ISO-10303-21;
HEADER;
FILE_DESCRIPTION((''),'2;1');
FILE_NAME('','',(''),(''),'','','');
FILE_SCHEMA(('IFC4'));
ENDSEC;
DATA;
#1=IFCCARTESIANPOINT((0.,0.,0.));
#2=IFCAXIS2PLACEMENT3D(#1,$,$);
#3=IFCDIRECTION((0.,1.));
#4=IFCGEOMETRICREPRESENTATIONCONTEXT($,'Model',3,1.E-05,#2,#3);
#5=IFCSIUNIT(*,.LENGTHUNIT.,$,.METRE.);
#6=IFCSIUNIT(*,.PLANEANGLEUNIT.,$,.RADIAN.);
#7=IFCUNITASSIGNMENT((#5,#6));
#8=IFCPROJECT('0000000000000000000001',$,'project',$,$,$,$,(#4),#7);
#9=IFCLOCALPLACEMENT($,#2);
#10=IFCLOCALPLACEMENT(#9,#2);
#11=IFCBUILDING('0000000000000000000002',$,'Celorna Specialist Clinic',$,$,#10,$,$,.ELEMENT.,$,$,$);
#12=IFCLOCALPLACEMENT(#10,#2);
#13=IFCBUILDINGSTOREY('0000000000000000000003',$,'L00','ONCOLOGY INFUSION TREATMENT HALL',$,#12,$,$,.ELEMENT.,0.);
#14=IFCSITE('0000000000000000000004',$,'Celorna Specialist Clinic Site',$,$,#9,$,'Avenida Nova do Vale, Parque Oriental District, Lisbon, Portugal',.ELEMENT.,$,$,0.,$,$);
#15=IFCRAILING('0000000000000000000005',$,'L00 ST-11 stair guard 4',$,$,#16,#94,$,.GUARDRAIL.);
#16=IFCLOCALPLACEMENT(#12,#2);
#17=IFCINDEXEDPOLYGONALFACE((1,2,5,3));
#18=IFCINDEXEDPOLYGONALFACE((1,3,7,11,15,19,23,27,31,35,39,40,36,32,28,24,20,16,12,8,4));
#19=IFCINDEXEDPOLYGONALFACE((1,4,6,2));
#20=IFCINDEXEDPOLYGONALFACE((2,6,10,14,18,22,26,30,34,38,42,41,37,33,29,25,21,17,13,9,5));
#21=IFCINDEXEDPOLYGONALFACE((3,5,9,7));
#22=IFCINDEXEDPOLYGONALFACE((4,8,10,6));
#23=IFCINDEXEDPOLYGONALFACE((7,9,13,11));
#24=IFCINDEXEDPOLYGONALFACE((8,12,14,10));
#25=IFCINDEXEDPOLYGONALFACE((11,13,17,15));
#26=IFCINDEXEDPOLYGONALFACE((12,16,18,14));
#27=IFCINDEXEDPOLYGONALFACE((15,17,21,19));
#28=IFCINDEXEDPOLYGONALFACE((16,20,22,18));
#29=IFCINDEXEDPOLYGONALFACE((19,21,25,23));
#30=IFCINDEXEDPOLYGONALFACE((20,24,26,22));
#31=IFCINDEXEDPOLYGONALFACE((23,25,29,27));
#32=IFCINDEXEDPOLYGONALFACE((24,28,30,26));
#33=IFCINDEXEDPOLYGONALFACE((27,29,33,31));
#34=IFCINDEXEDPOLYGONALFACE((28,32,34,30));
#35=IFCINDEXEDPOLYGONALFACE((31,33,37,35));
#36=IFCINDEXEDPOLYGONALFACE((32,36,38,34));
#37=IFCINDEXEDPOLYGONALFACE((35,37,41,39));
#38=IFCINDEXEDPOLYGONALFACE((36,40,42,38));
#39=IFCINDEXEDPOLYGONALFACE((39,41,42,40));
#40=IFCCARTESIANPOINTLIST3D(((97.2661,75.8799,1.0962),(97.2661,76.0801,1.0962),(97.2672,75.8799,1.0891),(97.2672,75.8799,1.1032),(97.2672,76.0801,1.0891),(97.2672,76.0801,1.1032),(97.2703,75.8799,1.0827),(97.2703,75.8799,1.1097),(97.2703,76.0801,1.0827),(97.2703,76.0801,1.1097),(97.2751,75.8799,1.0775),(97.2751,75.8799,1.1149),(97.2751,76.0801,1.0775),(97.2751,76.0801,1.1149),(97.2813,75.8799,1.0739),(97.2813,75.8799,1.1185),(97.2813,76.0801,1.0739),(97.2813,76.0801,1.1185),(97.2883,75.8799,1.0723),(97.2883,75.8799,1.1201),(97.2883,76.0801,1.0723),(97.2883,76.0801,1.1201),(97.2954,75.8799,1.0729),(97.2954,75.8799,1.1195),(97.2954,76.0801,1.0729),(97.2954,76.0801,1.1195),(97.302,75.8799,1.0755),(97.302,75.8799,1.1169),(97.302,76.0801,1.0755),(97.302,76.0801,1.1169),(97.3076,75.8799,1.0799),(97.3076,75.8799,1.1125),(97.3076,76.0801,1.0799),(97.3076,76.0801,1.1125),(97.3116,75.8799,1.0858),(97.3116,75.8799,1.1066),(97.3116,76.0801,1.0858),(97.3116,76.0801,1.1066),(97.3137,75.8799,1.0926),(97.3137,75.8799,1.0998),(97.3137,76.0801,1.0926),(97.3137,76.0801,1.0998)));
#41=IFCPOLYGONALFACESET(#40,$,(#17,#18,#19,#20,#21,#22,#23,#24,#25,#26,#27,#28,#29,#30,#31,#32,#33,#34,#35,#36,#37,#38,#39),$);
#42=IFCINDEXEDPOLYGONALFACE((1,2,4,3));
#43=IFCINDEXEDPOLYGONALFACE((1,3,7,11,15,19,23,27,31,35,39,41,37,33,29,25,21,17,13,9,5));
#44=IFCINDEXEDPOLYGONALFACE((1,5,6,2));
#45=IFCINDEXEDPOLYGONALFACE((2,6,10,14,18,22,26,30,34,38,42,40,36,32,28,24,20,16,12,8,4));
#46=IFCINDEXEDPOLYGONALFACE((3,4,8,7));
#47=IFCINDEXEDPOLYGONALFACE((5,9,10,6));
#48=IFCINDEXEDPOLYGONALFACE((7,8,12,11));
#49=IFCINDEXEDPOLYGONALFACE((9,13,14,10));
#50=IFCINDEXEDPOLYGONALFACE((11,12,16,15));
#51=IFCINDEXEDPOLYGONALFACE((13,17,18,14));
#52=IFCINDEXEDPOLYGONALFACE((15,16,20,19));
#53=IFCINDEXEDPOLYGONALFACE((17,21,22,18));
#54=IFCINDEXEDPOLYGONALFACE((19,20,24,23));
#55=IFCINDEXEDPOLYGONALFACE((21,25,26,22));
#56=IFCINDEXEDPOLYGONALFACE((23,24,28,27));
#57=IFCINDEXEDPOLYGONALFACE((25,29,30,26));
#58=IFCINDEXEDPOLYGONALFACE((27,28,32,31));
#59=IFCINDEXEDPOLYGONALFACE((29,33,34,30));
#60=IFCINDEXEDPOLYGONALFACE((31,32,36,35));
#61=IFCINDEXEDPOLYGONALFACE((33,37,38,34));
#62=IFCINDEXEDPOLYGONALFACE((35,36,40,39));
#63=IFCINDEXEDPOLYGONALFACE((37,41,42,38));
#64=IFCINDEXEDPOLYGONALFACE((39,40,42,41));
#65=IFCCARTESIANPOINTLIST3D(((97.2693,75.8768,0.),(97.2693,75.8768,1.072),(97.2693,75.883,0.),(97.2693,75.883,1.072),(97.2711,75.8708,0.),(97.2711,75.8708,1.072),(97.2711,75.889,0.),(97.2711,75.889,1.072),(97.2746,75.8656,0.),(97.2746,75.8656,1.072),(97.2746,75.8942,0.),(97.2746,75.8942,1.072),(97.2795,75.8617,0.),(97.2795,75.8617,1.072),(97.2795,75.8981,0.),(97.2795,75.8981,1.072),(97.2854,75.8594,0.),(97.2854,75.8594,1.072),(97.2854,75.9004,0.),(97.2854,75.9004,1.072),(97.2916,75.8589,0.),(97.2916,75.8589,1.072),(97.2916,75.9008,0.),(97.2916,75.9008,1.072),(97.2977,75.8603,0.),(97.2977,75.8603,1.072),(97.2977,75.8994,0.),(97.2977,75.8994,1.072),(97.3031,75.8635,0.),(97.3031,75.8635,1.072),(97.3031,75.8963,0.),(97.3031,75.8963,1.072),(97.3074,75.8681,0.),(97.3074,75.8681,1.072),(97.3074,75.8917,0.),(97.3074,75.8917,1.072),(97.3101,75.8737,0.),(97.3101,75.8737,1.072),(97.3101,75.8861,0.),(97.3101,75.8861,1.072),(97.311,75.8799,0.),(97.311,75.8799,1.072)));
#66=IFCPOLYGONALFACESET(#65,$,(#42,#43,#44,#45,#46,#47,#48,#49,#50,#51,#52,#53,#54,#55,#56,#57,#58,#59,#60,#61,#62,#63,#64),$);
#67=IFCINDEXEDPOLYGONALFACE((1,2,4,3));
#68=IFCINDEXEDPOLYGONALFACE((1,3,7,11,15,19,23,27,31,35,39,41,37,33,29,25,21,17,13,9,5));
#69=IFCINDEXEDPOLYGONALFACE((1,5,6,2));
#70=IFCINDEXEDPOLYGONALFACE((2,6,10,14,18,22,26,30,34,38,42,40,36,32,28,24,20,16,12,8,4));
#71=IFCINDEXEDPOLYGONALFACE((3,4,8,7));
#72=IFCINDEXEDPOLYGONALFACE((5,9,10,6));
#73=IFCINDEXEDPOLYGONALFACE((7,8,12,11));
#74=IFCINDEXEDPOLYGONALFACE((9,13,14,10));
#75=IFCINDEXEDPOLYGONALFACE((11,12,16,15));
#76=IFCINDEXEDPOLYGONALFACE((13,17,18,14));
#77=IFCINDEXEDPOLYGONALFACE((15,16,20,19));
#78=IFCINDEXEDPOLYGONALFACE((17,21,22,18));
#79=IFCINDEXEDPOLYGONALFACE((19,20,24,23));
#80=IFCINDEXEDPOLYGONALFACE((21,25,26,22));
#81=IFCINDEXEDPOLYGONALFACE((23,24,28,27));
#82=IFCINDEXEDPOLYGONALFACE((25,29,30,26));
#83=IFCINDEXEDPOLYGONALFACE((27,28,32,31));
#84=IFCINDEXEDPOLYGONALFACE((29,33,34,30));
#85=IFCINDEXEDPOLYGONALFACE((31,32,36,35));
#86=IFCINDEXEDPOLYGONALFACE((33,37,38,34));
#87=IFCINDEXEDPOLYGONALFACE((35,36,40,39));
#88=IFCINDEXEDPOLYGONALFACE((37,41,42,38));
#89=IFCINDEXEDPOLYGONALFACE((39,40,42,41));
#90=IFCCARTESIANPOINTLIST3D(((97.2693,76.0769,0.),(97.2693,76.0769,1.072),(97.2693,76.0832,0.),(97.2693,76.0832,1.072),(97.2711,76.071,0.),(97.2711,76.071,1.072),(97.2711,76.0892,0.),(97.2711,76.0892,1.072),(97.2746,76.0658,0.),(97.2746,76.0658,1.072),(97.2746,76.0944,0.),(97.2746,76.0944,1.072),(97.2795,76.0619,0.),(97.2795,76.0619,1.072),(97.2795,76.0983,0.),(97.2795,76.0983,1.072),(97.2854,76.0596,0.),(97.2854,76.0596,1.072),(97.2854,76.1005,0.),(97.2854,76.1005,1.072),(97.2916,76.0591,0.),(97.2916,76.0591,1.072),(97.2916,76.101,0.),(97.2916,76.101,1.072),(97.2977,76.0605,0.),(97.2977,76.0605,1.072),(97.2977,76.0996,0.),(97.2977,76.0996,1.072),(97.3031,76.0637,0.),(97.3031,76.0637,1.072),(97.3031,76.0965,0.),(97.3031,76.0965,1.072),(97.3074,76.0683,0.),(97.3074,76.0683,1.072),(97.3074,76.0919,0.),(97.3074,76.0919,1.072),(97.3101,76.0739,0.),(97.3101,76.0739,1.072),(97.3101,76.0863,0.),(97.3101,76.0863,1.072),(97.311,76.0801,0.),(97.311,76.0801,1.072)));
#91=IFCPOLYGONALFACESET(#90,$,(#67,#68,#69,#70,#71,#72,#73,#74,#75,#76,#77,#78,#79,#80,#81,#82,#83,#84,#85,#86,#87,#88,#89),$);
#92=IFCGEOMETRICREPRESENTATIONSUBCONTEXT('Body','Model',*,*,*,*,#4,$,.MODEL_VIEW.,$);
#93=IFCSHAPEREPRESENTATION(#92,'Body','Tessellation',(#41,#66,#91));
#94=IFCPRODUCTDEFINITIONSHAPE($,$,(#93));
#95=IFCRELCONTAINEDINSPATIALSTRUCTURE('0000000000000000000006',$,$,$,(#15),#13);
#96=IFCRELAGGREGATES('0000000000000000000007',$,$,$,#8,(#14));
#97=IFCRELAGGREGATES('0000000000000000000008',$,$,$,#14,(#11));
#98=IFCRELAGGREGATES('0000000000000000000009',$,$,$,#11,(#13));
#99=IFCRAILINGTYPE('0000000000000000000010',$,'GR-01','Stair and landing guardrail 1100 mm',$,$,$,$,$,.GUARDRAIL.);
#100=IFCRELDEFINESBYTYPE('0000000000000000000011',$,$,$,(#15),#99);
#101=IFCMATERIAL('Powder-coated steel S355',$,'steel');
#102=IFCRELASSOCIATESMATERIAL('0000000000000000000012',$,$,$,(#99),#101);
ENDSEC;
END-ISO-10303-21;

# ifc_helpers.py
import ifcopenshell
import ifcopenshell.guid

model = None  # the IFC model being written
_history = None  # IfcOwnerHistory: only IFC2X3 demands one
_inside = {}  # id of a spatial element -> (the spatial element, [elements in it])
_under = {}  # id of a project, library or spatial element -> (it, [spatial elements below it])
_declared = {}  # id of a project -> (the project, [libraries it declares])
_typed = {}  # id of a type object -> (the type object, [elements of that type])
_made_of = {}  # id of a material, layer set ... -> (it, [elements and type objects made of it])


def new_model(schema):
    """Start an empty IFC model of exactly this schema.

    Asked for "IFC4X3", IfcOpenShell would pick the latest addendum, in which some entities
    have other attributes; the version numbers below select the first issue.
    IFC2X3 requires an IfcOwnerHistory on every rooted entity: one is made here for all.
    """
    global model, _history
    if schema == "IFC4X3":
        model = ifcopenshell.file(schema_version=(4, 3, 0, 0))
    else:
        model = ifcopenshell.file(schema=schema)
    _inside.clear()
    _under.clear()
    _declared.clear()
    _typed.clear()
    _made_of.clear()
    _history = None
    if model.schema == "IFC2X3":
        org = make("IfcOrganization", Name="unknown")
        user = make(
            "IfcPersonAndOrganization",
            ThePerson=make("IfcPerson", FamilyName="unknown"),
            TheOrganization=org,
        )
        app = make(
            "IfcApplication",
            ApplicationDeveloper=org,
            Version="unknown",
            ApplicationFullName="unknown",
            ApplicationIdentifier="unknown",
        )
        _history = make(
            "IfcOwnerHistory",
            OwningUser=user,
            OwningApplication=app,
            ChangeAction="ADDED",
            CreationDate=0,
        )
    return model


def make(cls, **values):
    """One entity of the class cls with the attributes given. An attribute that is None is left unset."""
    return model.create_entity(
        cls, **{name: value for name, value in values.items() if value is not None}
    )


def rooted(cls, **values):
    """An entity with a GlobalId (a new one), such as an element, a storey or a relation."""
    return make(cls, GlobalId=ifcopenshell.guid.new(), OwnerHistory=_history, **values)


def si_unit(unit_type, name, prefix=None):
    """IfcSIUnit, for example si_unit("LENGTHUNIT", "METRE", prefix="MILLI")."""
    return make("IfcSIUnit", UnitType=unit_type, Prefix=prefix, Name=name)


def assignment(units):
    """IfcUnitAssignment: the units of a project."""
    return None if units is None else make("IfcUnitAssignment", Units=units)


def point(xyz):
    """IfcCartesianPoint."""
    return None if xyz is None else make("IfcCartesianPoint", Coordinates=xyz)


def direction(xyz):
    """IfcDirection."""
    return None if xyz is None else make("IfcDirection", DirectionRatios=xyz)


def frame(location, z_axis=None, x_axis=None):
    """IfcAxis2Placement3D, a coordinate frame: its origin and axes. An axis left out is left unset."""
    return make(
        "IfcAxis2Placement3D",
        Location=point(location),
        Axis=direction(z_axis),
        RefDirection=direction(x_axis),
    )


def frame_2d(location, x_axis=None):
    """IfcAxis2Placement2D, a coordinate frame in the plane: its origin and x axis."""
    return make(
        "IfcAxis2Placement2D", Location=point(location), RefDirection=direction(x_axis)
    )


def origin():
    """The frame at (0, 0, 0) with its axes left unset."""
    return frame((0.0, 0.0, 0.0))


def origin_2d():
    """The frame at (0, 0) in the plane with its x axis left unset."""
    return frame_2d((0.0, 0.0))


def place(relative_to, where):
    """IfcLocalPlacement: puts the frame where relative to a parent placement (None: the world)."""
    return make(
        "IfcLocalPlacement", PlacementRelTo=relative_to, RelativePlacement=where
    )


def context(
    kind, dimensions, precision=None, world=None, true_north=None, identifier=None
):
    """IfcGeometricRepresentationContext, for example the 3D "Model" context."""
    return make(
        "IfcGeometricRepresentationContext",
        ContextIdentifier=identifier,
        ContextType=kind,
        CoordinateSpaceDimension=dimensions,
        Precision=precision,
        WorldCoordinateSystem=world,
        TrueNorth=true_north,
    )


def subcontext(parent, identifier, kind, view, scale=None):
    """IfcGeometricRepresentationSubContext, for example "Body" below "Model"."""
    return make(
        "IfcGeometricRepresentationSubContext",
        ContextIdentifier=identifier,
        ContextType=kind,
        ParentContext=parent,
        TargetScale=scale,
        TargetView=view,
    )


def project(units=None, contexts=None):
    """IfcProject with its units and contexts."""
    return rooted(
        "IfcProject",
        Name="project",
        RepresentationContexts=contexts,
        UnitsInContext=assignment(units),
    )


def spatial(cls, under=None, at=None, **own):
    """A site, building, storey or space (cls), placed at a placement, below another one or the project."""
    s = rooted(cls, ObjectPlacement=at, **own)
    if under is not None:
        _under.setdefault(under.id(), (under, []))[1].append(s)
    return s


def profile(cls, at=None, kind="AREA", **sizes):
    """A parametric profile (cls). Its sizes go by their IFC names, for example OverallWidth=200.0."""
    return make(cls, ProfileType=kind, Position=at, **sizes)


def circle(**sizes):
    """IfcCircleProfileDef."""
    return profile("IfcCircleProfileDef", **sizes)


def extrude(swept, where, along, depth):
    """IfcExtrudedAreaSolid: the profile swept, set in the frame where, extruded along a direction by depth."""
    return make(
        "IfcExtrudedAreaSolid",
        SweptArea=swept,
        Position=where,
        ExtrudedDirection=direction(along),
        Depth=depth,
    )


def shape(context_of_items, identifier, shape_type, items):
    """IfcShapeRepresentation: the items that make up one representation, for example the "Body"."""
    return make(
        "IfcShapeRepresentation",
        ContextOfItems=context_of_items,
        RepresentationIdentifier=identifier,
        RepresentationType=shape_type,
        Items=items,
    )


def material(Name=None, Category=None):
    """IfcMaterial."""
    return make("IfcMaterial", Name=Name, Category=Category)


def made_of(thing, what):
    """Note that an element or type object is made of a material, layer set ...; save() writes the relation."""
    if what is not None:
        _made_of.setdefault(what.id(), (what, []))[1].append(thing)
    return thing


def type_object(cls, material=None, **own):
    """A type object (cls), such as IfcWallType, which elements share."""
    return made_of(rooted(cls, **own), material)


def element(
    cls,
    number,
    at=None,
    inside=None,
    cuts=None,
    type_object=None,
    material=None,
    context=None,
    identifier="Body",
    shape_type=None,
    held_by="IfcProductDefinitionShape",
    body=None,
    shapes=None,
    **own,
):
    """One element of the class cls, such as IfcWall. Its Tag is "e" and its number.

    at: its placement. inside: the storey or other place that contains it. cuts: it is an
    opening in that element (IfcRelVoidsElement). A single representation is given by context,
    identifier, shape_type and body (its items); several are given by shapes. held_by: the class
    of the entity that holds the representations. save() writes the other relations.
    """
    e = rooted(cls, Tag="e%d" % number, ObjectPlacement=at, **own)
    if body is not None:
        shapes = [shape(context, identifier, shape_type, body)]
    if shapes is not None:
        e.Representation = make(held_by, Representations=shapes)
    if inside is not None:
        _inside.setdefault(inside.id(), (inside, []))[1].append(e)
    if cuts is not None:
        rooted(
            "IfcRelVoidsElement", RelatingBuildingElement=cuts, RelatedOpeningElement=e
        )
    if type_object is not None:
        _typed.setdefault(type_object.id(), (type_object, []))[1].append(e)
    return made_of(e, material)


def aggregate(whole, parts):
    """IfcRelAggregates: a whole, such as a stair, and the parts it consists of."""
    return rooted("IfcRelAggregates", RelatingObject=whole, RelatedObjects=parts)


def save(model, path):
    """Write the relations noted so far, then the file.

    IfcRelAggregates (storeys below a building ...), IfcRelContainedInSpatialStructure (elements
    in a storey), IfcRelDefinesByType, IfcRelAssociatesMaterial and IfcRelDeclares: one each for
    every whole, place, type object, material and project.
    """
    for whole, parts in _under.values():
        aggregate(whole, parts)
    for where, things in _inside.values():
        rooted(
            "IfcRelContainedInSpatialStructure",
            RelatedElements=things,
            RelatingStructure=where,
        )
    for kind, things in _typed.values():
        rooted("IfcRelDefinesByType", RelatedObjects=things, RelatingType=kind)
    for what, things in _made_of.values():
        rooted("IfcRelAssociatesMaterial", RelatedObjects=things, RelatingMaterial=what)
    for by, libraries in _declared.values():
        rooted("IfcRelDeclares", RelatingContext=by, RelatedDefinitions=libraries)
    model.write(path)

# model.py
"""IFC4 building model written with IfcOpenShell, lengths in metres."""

from ifc_helpers import new_model, si_unit, direction, frame, origin, origin_2d, place, context, subcontext, project, spatial, circle, extrude, material, type_object, element, save


model = new_model("IFC4")

# Units and contexts
model_context = context("Model", 3, precision=1e-05, world=origin(), true_north=direction((0.0, 1.0)))
body_context = subcontext(model_context, "Body", "Model", "MODEL_VIEW")
ifc_project = project(units=[si_unit("LENGTHUNIT", "METRE"), si_unit("PLANEANGLEUNIT", "RADIAN")], contexts=[model_context])

# Site, building, storey
site_placement = place(None, origin())
site = spatial("IfcSite", under=ifc_project, at=site_placement, Name="Celorna Specialist Clinic Site", LongName="Avenida Nova do Vale, Parque Oriental District, Lisbon, Portugal", CompositionType="ELEMENT", RefElevation=0.0)
building_placement = place(site_placement, origin())
building = spatial("IfcBuilding", under=site, at=building_placement, Name="Celorna Specialist Clinic", CompositionType="ELEMENT")
storey_placement = place(building_placement, origin())
storey = spatial("IfcBuildingStorey", under=building, at=storey_placement, Name="L00", Description="ONCOLOGY INFUSION TREATMENT HALL", CompositionType="ELEMENT", Elevation=0.0)

# Railing
ifc_material_1 = material(Name="Powder-coated steel S355", Category="steel")
railing_type = type_object("IfcRailingType", Name="GR-01", Description="Stair and landing guardrail 1100 mm", PredefinedType="GUARDRAIL", material=ifc_material_1)
railing_placement = place(storey_placement, frame((97.29, 75.8799, 0.0)))
element("IfcRailing", 1, at=railing_placement, inside=storey, type_object=railing_type, Name="L00 ST-11 stair guard 4", PredefinedType="GUARDRAIL", context=body_context, shape_type="SweptSolid", body=[
    extrude(circle(Radius=0.0239, at=origin_2d()), frame((0.0, 0.0, 1.0962), z_axis=(0.0, 1.0, 0.0), x_axis=(-1.0, 0.0, 0.0)), (0.0, 0.0, 1.0), 0.2002),
    extrude(circle(Radius=0.021, at=origin_2d()), origin(), (0.0, 0.0, 1.0), 1.072),
    extrude(circle(Radius=0.021, at=origin_2d()), frame((0.0, 0.2002, 0.0)), (0.0, 0.0, 1.0), 1.072),
])

save(model, "model.ifc")
